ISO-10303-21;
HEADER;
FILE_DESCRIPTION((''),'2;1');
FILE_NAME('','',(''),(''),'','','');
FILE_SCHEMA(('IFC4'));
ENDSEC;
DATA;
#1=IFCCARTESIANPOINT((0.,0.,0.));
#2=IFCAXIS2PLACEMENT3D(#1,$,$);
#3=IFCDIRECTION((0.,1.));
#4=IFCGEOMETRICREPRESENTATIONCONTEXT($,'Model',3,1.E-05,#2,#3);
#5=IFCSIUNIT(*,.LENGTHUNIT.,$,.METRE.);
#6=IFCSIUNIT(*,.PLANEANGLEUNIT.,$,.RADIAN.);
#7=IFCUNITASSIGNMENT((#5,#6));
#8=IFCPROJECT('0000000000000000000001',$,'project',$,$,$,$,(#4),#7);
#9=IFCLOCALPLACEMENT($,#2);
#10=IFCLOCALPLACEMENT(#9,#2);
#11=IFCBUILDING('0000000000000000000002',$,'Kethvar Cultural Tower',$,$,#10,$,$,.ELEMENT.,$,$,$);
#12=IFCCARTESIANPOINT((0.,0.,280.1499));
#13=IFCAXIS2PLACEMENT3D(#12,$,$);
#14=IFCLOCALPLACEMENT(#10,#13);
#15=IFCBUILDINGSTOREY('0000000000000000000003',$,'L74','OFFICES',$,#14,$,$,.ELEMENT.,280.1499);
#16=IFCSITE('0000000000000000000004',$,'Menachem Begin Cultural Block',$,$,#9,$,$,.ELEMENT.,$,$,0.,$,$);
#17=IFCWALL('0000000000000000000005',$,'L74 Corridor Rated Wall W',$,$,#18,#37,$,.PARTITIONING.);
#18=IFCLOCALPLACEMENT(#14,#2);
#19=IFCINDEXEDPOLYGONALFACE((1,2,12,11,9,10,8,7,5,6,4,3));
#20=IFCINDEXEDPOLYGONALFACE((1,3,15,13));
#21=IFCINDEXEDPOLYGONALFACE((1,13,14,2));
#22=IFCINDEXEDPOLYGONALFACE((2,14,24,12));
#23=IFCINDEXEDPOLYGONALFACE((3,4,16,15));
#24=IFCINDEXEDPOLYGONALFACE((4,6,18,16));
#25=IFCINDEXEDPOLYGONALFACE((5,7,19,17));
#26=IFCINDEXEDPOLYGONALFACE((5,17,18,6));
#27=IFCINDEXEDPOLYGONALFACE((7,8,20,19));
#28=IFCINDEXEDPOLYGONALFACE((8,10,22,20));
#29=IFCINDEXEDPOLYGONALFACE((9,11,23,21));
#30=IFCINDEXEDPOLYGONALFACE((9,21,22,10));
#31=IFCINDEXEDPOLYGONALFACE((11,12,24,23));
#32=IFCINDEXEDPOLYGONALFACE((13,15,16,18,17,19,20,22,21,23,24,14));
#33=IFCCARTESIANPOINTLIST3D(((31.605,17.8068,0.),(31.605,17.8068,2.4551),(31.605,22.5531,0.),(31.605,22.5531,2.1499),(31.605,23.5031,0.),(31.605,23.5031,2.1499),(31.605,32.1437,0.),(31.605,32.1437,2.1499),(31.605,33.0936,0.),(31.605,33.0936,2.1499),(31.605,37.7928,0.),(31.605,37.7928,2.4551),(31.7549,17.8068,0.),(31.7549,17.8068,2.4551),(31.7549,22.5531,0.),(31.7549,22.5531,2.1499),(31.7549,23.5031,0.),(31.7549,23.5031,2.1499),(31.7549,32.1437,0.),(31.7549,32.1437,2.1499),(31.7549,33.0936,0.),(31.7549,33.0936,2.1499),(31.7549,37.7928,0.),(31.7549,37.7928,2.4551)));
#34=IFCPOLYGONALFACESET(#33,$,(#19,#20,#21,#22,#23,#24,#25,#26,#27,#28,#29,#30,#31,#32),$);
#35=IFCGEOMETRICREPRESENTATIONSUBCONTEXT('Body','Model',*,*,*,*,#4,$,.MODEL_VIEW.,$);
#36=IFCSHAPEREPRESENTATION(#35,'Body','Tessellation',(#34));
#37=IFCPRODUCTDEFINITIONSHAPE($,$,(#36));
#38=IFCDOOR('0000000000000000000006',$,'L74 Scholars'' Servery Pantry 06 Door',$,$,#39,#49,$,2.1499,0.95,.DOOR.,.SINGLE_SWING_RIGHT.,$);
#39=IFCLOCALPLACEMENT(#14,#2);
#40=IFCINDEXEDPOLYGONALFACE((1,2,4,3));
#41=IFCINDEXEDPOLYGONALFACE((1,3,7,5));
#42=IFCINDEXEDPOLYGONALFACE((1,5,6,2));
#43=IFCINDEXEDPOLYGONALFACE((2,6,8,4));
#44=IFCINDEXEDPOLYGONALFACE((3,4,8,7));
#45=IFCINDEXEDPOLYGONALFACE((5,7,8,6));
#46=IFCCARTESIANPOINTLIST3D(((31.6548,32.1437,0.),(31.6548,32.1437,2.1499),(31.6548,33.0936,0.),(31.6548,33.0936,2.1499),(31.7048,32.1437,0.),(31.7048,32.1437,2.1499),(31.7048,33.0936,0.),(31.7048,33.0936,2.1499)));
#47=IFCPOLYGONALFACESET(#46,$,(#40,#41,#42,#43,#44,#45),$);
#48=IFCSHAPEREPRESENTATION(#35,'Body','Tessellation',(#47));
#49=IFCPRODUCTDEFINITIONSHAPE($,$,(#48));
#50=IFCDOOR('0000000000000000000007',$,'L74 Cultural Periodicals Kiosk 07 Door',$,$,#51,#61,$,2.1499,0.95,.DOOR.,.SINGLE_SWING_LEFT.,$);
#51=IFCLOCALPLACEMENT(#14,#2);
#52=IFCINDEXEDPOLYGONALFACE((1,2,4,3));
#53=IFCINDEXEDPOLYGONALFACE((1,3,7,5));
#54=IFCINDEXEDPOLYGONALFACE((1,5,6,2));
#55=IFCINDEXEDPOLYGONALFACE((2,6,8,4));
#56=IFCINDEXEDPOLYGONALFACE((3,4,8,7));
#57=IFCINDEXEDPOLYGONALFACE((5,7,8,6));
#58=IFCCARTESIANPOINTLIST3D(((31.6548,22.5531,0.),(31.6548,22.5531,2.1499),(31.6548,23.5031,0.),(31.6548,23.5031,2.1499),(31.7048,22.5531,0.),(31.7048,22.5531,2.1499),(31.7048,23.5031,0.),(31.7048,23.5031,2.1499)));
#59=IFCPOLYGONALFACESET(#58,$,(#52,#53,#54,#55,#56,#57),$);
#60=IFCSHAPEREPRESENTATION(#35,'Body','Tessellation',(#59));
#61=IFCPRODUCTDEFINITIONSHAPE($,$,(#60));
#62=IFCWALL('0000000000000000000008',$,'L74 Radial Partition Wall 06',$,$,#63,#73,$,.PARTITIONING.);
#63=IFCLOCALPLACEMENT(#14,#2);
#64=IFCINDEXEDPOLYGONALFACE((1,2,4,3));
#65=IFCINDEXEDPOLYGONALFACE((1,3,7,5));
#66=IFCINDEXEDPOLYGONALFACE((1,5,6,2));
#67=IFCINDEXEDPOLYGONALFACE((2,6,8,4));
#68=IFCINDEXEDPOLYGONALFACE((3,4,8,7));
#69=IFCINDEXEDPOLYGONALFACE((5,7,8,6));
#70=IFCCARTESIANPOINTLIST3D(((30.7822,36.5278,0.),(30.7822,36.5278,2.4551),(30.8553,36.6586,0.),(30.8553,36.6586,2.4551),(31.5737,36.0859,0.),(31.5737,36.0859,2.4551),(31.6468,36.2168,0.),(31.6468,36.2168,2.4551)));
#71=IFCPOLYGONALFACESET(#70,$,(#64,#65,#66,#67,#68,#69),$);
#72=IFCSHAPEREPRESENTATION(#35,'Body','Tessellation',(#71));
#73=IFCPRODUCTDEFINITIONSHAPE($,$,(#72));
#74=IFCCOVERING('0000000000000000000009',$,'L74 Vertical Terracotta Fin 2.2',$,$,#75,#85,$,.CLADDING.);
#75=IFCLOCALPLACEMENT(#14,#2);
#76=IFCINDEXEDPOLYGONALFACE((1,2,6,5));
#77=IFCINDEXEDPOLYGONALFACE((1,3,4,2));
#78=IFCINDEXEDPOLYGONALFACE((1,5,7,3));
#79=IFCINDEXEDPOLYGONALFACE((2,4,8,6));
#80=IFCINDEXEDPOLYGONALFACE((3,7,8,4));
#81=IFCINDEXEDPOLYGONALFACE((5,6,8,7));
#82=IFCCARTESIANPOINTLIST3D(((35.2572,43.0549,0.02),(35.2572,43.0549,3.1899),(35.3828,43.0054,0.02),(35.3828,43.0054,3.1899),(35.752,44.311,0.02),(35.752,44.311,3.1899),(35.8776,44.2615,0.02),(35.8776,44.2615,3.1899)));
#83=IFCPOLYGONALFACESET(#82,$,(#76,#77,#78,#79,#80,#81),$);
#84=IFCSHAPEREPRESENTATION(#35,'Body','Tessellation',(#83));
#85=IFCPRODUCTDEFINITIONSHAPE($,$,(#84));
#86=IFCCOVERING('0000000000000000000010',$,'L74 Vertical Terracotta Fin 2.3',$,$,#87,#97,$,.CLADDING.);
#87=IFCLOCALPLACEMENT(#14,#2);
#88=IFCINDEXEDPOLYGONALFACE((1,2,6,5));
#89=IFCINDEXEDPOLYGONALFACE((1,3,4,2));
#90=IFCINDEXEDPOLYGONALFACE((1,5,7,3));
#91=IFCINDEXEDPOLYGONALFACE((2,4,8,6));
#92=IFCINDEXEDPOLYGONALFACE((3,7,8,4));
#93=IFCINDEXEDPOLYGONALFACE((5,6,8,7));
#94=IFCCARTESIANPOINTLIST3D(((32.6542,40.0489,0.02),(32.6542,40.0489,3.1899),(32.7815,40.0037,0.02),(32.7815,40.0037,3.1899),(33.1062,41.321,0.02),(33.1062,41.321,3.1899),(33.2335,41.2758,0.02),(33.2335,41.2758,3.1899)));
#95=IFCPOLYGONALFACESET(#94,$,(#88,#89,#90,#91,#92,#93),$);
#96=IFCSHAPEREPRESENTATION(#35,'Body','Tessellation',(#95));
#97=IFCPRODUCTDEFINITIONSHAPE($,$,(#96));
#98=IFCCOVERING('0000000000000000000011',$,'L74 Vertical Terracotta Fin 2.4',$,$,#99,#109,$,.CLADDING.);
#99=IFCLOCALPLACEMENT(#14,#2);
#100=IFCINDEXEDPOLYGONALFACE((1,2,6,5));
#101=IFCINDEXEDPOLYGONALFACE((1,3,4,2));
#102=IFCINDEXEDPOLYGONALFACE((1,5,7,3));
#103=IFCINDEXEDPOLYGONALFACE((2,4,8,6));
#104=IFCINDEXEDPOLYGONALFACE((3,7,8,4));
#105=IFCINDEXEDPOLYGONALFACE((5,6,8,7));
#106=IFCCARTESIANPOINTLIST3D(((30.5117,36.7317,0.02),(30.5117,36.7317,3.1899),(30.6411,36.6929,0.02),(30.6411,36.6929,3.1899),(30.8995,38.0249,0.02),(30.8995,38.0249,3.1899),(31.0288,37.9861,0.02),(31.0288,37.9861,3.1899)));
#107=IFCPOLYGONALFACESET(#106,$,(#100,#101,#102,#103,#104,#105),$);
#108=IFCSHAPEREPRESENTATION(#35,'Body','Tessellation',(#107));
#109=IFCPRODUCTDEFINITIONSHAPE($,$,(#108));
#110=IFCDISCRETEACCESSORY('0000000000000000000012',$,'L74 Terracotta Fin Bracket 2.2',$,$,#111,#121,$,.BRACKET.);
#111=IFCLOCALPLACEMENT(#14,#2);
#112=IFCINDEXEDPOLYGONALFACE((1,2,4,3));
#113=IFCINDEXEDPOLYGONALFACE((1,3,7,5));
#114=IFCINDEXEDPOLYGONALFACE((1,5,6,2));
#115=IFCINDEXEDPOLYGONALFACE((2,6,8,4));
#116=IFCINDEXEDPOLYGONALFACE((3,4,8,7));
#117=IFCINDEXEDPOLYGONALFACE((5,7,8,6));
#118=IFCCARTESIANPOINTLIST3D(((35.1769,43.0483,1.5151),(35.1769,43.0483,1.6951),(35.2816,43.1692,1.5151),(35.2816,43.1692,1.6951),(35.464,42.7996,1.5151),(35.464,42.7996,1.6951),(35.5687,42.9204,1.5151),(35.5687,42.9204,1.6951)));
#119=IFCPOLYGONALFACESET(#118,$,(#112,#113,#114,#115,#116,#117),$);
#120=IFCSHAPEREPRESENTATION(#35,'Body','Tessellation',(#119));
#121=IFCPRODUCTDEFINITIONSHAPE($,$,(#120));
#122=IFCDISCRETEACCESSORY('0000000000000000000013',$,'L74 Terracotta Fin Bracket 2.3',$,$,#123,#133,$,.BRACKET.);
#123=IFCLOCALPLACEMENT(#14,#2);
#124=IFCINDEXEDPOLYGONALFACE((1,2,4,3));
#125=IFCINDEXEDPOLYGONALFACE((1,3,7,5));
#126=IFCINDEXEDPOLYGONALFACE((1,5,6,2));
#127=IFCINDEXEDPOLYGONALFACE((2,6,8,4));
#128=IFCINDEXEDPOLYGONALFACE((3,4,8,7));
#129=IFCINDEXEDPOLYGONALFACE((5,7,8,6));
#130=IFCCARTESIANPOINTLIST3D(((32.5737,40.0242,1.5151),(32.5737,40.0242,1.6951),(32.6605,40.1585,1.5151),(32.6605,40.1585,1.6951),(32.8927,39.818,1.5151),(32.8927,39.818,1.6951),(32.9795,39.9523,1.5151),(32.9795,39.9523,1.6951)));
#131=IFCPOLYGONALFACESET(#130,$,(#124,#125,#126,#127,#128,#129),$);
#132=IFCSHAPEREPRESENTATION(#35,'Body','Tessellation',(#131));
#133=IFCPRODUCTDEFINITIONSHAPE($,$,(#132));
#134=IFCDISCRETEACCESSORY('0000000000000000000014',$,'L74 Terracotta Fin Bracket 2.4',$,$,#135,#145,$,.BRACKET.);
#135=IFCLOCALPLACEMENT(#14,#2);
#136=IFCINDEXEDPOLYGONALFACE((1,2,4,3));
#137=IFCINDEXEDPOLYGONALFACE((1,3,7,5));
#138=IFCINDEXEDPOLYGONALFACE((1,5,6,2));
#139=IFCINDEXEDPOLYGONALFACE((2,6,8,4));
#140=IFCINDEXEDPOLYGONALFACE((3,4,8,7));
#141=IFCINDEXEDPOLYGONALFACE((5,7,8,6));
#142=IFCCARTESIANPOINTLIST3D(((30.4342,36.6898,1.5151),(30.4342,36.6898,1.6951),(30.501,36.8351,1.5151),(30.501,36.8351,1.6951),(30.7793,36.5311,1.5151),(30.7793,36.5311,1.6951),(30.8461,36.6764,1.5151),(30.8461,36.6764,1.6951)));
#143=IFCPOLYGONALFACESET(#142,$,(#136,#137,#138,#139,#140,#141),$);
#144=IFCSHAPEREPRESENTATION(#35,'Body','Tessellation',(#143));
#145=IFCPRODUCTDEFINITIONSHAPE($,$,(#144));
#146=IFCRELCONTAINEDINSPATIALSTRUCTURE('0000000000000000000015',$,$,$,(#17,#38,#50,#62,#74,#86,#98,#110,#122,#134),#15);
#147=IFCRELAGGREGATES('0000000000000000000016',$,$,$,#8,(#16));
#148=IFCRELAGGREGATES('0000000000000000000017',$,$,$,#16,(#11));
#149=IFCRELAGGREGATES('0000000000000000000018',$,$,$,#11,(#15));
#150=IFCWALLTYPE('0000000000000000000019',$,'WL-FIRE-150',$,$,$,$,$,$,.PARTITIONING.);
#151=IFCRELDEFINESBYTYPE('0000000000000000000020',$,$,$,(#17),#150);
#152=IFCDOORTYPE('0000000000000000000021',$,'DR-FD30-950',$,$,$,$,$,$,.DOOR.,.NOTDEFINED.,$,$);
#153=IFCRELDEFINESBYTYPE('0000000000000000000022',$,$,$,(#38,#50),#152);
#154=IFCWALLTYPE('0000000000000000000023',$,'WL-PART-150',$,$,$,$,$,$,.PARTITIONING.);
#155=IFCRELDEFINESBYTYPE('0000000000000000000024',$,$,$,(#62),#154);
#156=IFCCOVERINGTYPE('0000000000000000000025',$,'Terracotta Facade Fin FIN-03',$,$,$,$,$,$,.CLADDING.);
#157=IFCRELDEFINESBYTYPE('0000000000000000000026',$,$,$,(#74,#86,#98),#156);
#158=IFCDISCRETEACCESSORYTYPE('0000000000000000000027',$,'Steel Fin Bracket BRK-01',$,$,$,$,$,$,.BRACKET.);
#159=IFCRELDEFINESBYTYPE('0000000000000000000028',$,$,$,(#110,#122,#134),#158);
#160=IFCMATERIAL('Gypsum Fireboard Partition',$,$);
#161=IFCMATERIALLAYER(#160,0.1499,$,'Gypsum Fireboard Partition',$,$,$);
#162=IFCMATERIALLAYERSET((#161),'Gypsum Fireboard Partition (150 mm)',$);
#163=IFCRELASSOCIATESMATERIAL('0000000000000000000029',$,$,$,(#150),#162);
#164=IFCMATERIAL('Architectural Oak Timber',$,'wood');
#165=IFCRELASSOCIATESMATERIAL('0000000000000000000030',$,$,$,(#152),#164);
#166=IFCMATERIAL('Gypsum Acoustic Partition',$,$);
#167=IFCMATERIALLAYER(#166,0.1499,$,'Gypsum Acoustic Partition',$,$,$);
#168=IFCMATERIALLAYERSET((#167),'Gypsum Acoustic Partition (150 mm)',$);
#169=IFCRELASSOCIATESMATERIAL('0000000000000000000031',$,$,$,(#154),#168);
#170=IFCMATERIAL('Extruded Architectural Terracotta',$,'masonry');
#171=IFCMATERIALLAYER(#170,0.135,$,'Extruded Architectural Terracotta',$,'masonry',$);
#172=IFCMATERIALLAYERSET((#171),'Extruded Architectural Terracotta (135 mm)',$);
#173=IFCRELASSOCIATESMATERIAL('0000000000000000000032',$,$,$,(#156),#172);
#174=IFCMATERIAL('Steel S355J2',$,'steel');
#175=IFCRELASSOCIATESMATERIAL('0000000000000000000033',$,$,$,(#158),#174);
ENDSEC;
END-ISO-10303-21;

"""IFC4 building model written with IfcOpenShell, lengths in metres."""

from ifc_helpers import new_model, si_unit, direction, frame, frame_2d, origin, origin_2d, place, context, subcontext, project, spatial, rectangle, extrude, source, transform, mapped, material, layer, layer_set, type_object, element, fill, save


model = new_model("IFC4")

# Units and contexts
model_context = context("Model", 3, precision=1e-05, world=origin(), true_north=direction((0.0, 1.0)))
body_context = subcontext(model_context, "Body", "Model", "MODEL_VIEW")
ifc_project = project(units=[si_unit("LENGTHUNIT", "METRE"), si_unit("PLANEANGLEUNIT", "RADIAN")], contexts=[model_context])

# Site, building, storey
site_placement = place(None, origin())
site = spatial("IfcSite", under=ifc_project, at=site_placement, Name="Menachem Begin Cultural Block", CompositionType="ELEMENT", RefElevation=0.0)
building_placement = place(site_placement, origin())
building = spatial("IfcBuilding", under=site, at=building_placement, Name="Kethvar Cultural Tower", CompositionType="ELEMENT")
storey_placement = place(building_placement, frame((0.0, 0.0, 280.1499)))
storey = spatial("IfcBuildingStorey", under=building, at=storey_placement, Name="L74", Description="OFFICES", CompositionType="ELEMENT", Elevation=280.1499)

# Shared definitions
ifc_material_1 = material(Name="Steel S355J2", Category="steel")

# Wall, openings, doors
ifc_material_2 = material(Name="Gypsum Fireboard Partition")
ifc_layer_1 = layer(ifc_material_2, 0.1499, Name="Gypsum Fireboard Partition")
ifc_layer_set_1 = layer_set([ifc_layer_1], Name="Gypsum Fireboard Partition (150 mm)")
wall_type_1 = type_object("IfcWallType", Name="WL-FIRE-150", PredefinedType="PARTITIONING", material=ifc_layer_set_1)
wall_1_placement = place(storey_placement, frame((31.6799, 37.793, 0.0), z_axis=(0.0, 0.0, 1.0), x_axis=(0.0, -1.0, 0.0)))
wall_1 = element("IfcWall", 1, at=wall_1_placement, inside=storey, type_object=wall_type_1, Name="L74 Corridor Rated Wall W", PredefinedType="PARTITIONING", context=body_context, shape_type="SweptSolid", body=[
    extrude(rectangle(XDim=19.9861, YDim=0.1499, at=frame_2d((9.9932, 0.0))), origin(), (0.0, 0.0, 1.0), 2.4551),
])
opening_1_placement = place(wall_1_placement, frame((4.6992, 0.0, 0.0)))
opening_1 = element("IfcOpeningElement", 2, at=opening_1_placement, cuts=wall_1, PredefinedType="OPENING", context=body_context, shape_type="SweptSolid", body=[
    extrude(rectangle(XDim=0.95, YDim=2.1499, at=frame_2d((0.4751, 1.075))), frame((0.0, 0.085, 0.0), z_axis=(0.0, -1.0, 0.0), x_axis=(1.0, 0.0, 0.0)), (0.0, 0.0, 1.0), 0.1699),
])
opening_2_placement = place(wall_1_placement, frame((14.2898, 0.0, 0.0)))
opening_2 = element("IfcOpeningElement", 3, at=opening_2_placement, cuts=wall_1, PredefinedType="OPENING", context=body_context, shape_type="SweptSolid", body=[
    extrude(rectangle(XDim=0.95, YDim=2.1499, at=frame_2d((0.4751, 1.075))), frame((0.0, 0.085, 0.0), z_axis=(0.0, -1.0, 0.0), x_axis=(1.0, 0.0, 0.0)), (0.0, 0.0, 1.0), 0.1699),
])
ifc_material_3 = material(Name="Architectural Oak Timber", Category="wood")
door_type = type_object("IfcDoorType", Name="DR-FD30-950", OperationType="NOTDEFINED", PredefinedType="DOOR", material=ifc_material_3)
shared_shape_1 = source(origin(), body_context, "Body", "SweptSolid", [
    extrude(rectangle(XDim=0.95, YDim=2.1499, at=frame_2d((0.4751, 1.075))), frame((0.0, 0.0249, 0.0), z_axis=(0.0, -1.0, 0.0), x_axis=(1.0, 0.0, 0.0)), (0.0, 0.0, 1.0), 0.05),
])
door_1_placement = place(opening_1_placement, origin())
door_1 = element("IfcDoor", 4, at=door_1_placement, inside=storey, type_object=door_type, Name="L74 Scholars' Servery Pantry 06 Door", OperationType="SINGLE_SWING_RIGHT", OverallHeight=2.1499, OverallWidth=0.95, PredefinedType="DOOR", context=body_context, shape_type="MappedRepresentation", body=[
    mapped(shared_shape_1, transform((0.0, 0.0, 0.0), scale=1.0)),
])
fill(opening_1, door_1)
door_2_placement = place(opening_2_placement, origin())
door_2 = element("IfcDoor", 5, at=door_2_placement, inside=storey, type_object=door_type, Name="L74 Cultural Periodicals Kiosk 07 Door", OperationType="SINGLE_SWING_LEFT", OverallHeight=2.1499, OverallWidth=0.95, PredefinedType="DOOR", context=body_context, shape_type="MappedRepresentation", body=[
    mapped(shared_shape_1, transform((0.0, 0.0, 0.0), scale=1.0)),
])
fill(opening_2, door_2)

# Wall
ifc_material_4 = material(Name="Gypsum Acoustic Partition")
ifc_layer_2 = layer(ifc_material_4, 0.1499, Name="Gypsum Acoustic Partition")
ifc_layer_set_2 = layer_set([ifc_layer_2], Name="Gypsum Acoustic Partition (150 mm)")
wall_type_2 = type_object("IfcWallType", Name="WL-PART-150", PredefinedType="PARTITIONING", material=ifc_layer_set_2)
wall_2_placement = place(storey_placement, frame((31.6101, 36.1514, 0.0), z_axis=(0.0, 0.0, 1.0), x_axis=(-0.873139, 0.487471, 0.0)))
element("IfcWall", 6, at=wall_2_placement, inside=storey, type_object=wall_type_2, Name="L74 Radial Partition Wall 06", PredefinedType="PARTITIONING", context=body_context, shape_type="SweptSolid", body=[
    extrude(rectangle(XDim=0.9065, YDim=0.1499, at=frame_2d((0.4531, 0.0))), origin(), (0.0, 0.0, 1.0), 2.4551),
])

# Coverings
ifc_material_5 = material(Name="Extruded Architectural Terracotta", Category="masonry")
ifc_layer_3 = layer(ifc_material_5, 0.135, Name="Extruded Architectural Terracotta", Category="masonry")
ifc_layer_set_3 = layer_set([ifc_layer_3], Name="Extruded Architectural Terracotta (135 mm)")
covering_type = type_object("IfcCoveringType", Name="Terracotta Facade Fin FIN-03", PredefinedType="CLADDING", material=ifc_layer_set_3)
shared_shape_2 = source(origin(), body_context, "Body", "SweptSolid", [
    extrude(rectangle(XDim=1.3501, YDim=0.135, at=origin_2d()), origin(), (0.0, 0.0, 1.0), 3.1699),
])
for number, where, z_axis, x_axis, name in (
    (7, (35.5674, 43.6582, 0.02), (0.0, 0.0, 1.0), (0.366501, 0.930418, 0.0), "L74 Vertical Terracotta Fin 2.2"),
    (8, (32.9438, 40.6624, 0.02), (0.0, 0.0, 1.0), (0.334794, 0.942291, 0.0), "L74 Vertical Terracotta Fin 2.3"),
    (9, (30.7703, 37.3589, 0.02), (0.0, 0.0, 1.0), (0.287193, 0.957873, 0.0), "L74 Vertical Terracotta Fin 2.4"),
):
    element("IfcCovering", number, at=place(storey_placement, frame(where, z_axis=z_axis, x_axis=x_axis)), inside=storey, type_object=covering_type, Name=name, PredefinedType="CLADDING", context=body_context, shape_type="MappedRepresentation", body=[
        mapped(shared_shape_2, transform((0.0, 0.0, 0.0), scale=1.0)),
    ])

# Discrete accessories
discrete_accessory_type = type_object("IfcDiscreteAccessoryType", Name="Steel Fin Bracket BRK-01", PredefinedType="BRACKET", material=ifc_material_1)
shared_shape_3 = source(origin(), body_context, "Body", "SweptSolid", [
    extrude(rectangle(XDim=0.3799, YDim=0.1599, at=origin_2d()), origin(), (0.0, 0.0, 1.0), 0.1799),
])
for number, where, z_axis, x_axis, name in (
    (10, (35.3728, 42.9844, 1.5151), (0.0, 0.0, 1.0), (-0.755739, 0.654873, 0.0), "L74 Terracotta Fin Bracket 2.2"),
    (11, (32.7766, 39.9883, 1.5151), (0.0, 0.0, 1.0), (-0.839809, 0.542881, 0.0), "L74 Terracotta Fin Bracket 2.3"),
    (12, (30.6401, 36.6831, 1.5151), (0.0, 0.0, 1.0), (-0.908508, 0.417867, 0.0), "L74 Terracotta Fin Bracket 2.4"),
):
    element("IfcDiscreteAccessory", number, at=place(storey_placement, frame(where, z_axis=z_axis, x_axis=x_axis)), inside=storey, type_object=discrete_accessory_type, Name=name, PredefinedType="BRACKET", context=body_context, shape_type="MappedRepresentation", body=[
        mapped(shared_shape_3, transform((0.0, 0.0, 0.0), scale=1.0)),
    ])

save(model, "model.ifc")
